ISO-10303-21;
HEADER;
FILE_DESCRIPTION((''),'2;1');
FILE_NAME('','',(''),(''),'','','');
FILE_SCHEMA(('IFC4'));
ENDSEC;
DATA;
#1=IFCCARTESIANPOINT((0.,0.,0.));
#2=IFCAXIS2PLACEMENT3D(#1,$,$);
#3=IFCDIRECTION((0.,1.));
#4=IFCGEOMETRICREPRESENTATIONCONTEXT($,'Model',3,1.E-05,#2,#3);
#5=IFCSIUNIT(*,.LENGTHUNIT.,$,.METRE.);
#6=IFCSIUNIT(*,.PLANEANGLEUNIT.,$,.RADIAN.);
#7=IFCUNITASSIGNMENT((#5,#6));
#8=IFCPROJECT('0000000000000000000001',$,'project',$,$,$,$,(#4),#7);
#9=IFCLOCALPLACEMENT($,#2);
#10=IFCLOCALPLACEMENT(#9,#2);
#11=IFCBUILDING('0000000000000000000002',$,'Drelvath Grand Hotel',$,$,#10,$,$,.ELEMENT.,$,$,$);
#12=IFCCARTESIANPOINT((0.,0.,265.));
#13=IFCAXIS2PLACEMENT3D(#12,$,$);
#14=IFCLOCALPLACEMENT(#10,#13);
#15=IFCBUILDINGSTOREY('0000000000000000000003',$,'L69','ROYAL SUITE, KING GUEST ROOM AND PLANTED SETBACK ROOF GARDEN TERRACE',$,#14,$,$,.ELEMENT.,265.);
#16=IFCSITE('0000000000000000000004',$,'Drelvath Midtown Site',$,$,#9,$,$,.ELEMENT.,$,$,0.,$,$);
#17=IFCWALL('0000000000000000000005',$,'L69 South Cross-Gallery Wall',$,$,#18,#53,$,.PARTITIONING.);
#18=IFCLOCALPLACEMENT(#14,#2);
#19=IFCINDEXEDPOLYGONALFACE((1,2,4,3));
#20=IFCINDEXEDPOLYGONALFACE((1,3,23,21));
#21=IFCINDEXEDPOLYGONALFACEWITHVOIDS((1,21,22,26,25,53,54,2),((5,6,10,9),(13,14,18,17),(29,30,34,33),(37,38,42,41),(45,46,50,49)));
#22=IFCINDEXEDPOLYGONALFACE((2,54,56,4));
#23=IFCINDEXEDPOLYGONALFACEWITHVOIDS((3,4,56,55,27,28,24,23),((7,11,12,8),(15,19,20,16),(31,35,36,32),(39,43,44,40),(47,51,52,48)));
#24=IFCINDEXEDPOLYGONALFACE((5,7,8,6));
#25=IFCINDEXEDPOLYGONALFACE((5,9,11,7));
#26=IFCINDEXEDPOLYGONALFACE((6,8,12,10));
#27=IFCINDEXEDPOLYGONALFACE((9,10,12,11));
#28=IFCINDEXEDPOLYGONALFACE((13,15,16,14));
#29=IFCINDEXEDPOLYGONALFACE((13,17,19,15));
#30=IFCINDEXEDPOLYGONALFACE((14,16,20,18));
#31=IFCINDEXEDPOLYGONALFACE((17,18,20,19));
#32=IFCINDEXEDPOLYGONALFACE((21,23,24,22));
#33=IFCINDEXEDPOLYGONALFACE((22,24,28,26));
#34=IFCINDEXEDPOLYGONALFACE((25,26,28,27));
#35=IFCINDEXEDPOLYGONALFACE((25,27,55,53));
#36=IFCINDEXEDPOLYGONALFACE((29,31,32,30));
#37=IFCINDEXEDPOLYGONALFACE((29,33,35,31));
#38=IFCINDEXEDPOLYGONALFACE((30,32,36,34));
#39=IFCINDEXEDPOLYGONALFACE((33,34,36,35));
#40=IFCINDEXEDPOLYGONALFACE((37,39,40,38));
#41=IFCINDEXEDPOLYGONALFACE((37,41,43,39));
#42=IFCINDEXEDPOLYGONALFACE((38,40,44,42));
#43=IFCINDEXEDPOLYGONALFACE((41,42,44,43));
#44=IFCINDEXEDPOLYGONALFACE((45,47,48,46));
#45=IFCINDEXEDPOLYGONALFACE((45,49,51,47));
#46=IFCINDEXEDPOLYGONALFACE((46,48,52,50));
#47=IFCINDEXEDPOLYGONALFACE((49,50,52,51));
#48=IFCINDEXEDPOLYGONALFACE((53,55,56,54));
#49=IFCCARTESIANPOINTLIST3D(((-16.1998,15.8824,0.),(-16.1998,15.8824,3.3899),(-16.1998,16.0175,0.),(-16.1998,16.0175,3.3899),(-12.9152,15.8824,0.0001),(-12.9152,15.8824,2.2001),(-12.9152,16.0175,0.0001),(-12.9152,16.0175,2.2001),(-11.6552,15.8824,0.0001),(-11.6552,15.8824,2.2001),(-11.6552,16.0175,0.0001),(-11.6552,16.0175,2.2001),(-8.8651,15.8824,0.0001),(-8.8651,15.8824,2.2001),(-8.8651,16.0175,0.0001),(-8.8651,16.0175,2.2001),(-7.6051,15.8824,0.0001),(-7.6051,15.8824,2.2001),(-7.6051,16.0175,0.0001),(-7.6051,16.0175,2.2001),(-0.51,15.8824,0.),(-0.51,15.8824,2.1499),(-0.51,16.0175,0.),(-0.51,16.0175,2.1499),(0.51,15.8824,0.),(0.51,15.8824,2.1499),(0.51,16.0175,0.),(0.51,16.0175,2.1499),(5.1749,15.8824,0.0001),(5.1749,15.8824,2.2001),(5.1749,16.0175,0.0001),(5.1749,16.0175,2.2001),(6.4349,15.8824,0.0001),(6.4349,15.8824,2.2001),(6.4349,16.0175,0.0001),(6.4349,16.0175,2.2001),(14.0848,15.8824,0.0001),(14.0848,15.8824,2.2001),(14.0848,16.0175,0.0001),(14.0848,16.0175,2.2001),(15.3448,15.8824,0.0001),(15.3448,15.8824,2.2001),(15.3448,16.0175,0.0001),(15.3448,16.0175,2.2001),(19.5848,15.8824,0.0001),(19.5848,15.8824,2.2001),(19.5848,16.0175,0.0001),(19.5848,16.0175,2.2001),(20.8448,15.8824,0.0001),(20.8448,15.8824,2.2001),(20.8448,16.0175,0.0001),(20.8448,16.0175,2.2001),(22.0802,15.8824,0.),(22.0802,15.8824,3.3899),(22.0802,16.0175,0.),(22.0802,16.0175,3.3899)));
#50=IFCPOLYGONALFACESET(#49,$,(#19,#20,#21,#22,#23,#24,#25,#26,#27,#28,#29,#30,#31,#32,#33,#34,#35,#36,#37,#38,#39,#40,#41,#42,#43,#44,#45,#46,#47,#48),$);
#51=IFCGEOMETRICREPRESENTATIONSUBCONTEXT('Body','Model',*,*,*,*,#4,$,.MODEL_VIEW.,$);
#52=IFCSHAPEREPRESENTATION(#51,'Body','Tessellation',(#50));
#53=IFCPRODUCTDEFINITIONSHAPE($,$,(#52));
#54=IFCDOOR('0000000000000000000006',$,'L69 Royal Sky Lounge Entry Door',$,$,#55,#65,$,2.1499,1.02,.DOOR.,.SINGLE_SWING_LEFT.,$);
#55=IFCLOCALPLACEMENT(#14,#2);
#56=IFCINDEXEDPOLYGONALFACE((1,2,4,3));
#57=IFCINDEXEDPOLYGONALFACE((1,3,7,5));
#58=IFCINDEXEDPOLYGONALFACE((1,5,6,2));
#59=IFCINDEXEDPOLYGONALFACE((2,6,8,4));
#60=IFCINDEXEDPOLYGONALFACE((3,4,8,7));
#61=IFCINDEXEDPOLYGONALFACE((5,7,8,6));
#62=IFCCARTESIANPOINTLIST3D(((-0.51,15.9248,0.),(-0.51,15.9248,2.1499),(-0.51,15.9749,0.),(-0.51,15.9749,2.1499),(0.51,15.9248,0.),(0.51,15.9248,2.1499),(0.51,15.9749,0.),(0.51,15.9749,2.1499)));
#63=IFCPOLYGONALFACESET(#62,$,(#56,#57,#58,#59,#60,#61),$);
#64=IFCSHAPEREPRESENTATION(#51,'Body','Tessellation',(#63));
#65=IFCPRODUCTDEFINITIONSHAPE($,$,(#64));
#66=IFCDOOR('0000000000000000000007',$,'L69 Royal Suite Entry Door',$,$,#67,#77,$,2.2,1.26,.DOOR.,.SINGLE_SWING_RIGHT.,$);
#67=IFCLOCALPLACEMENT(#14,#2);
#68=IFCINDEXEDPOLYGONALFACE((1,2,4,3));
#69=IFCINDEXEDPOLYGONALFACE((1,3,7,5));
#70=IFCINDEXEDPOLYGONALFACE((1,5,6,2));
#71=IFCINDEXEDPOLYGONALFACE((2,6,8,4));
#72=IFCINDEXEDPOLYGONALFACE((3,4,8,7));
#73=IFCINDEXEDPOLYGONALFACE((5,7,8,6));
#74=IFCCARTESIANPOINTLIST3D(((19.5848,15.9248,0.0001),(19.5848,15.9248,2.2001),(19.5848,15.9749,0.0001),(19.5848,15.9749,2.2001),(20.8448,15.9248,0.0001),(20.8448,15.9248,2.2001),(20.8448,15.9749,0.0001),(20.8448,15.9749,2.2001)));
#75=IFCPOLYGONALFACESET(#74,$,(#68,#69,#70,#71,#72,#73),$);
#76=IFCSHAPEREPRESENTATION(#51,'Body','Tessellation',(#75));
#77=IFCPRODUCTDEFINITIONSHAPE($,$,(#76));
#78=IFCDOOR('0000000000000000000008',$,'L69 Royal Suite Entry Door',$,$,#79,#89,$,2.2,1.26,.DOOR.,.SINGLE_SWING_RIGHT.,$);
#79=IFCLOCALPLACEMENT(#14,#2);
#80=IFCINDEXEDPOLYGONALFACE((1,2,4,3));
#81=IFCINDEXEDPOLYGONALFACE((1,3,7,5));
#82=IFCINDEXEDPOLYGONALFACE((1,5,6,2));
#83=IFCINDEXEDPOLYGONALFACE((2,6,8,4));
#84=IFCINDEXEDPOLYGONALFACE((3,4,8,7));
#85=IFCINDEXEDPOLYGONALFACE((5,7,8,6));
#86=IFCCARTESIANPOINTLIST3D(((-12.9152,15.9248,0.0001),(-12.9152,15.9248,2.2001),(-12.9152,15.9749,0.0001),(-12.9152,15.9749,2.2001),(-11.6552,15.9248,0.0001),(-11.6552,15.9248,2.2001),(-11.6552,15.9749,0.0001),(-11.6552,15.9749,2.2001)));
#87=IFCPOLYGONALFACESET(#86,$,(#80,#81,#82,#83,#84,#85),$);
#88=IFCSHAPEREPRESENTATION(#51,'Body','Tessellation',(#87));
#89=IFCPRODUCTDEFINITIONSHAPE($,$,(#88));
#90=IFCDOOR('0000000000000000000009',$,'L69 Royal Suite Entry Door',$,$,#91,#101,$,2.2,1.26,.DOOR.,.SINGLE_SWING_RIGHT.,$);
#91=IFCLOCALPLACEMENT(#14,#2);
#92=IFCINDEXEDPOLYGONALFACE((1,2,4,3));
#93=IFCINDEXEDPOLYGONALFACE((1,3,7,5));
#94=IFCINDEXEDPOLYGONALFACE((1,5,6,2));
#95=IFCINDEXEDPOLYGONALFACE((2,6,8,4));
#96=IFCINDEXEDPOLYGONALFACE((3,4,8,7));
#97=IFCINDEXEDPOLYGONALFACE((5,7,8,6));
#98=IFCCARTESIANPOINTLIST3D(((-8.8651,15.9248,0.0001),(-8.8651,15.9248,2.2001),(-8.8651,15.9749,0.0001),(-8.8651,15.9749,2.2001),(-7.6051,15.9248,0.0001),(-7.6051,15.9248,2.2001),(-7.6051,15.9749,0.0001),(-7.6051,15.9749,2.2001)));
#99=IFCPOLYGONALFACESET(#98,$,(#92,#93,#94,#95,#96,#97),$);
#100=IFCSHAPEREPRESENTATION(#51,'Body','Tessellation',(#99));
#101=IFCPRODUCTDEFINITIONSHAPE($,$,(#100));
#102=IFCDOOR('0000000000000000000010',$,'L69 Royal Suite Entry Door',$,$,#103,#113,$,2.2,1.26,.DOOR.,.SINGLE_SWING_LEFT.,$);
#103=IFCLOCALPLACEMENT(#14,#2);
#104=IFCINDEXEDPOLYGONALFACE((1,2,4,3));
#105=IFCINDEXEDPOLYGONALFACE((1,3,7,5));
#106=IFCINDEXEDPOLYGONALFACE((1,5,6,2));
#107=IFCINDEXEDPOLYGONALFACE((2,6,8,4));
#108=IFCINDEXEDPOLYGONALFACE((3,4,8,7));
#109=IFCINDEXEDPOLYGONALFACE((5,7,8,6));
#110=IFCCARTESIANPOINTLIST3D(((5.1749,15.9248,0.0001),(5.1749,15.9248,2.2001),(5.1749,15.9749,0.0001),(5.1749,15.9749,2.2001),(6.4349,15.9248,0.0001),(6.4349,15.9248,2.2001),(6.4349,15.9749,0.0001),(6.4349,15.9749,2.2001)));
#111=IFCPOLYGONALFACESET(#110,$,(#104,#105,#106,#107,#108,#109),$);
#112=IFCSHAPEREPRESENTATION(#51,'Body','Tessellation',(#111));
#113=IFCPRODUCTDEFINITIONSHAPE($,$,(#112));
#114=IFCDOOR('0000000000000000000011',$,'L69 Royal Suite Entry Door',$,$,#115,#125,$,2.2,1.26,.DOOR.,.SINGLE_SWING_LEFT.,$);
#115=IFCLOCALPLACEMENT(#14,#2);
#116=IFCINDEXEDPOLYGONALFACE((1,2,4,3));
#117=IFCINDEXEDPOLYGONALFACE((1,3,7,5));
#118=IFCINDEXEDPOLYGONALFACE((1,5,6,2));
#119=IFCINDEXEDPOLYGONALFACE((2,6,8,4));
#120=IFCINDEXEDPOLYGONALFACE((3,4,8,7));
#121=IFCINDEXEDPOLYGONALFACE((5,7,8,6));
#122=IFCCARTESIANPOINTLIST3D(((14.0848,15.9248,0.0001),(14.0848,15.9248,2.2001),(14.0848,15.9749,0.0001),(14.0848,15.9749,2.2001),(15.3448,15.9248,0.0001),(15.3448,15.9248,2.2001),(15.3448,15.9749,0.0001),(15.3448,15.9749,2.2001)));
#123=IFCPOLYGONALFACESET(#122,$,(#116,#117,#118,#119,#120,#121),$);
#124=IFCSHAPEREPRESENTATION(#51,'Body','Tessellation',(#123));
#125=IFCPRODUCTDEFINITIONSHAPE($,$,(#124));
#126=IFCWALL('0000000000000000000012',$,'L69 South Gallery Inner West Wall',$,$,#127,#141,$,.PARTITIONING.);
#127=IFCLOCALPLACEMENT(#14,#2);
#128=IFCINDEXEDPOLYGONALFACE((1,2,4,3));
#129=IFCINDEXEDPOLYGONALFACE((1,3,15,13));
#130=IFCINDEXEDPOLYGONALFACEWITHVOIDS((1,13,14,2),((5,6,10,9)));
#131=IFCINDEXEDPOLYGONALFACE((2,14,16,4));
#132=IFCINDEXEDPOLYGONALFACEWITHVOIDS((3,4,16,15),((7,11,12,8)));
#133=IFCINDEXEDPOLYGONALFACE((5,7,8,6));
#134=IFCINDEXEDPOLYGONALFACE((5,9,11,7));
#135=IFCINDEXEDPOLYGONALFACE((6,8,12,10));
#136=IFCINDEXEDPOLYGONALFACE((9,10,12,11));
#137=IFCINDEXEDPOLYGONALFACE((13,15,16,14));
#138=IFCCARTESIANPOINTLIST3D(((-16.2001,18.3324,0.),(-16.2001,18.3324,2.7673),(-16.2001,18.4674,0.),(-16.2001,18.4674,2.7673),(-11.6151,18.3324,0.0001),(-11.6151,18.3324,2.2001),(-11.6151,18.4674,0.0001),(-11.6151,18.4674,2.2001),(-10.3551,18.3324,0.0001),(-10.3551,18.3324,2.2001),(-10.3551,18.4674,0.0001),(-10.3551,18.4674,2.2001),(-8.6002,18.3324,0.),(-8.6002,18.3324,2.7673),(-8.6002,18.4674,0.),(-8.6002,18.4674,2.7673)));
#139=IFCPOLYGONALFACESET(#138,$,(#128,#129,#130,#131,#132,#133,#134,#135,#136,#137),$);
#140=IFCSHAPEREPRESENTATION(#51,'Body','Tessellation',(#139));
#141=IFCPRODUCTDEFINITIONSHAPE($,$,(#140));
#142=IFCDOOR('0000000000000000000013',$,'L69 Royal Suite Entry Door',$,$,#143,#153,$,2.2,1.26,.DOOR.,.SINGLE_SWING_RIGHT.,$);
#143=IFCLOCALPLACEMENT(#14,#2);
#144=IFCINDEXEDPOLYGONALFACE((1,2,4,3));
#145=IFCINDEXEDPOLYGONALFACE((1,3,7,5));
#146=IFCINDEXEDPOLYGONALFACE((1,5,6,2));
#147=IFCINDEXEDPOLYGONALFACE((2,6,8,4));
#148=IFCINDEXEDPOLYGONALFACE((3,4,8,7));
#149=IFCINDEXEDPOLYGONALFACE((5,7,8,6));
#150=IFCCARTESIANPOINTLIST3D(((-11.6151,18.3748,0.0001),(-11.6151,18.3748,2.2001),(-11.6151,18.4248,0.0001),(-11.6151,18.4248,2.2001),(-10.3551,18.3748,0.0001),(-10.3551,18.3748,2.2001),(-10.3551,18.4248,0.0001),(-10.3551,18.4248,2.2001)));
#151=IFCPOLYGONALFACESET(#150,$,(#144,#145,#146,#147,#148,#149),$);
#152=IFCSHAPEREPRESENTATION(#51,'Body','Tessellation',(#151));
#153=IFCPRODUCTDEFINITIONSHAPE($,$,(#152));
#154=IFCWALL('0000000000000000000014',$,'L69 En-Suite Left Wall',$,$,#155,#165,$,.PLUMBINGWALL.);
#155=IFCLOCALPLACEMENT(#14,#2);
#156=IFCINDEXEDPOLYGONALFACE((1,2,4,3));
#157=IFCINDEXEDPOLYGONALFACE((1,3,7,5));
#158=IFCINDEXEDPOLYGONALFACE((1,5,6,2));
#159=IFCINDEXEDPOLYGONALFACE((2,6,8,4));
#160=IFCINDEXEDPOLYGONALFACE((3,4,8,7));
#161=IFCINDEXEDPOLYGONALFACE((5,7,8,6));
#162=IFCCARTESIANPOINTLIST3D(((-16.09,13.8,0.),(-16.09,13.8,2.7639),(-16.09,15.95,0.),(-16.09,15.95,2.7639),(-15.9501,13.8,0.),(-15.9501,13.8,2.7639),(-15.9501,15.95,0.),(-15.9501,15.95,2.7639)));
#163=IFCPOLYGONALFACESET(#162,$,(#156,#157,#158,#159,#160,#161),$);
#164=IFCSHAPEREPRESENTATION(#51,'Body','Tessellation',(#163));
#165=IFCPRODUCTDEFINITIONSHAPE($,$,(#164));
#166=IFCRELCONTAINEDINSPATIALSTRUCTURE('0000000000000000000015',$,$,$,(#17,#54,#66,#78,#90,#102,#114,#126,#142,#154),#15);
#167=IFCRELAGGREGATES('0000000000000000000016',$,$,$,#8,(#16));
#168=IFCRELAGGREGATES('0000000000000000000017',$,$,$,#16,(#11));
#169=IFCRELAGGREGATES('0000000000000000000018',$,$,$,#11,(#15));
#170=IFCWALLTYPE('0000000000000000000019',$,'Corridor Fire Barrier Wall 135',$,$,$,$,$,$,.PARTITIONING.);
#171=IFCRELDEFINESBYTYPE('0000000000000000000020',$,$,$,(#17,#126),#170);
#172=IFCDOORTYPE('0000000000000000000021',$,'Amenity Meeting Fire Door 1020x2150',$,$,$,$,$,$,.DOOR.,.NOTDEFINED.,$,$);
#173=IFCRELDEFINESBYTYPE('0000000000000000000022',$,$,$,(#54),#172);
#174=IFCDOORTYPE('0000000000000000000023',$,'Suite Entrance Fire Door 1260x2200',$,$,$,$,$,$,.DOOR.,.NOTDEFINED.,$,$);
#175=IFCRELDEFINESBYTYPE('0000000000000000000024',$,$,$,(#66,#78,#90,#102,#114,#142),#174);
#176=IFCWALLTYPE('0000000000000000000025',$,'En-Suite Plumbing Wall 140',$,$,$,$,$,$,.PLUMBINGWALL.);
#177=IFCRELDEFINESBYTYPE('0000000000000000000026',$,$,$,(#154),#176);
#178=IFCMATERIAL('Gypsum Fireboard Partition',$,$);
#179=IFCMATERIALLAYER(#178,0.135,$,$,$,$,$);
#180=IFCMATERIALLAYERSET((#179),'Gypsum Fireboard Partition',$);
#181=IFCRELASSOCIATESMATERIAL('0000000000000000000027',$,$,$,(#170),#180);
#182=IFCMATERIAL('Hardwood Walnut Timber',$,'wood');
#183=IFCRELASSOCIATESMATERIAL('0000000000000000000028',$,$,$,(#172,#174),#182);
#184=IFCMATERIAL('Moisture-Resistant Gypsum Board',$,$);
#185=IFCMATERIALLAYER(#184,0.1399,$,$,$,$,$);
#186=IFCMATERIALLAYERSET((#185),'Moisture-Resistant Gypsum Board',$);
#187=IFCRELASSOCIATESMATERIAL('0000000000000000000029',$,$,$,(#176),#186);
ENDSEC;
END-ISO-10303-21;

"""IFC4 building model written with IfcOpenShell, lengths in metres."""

from ifc_helpers import new_model, si_unit, direction, frame, frame_2d, origin, place, context, subcontext, project, spatial, rectangle, extrude, material, layer, layer_set, type_object, element, fill, save


model = new_model("IFC4")

# Units and contexts
model_context = context("Model", 3, precision=1e-05, world=origin(), true_north=direction((0.0, 1.0)))
body_context = subcontext(model_context, "Body", "Model", "MODEL_VIEW")
ifc_project = project(units=[si_unit("LENGTHUNIT", "METRE"), si_unit("PLANEANGLEUNIT", "RADIAN")], contexts=[model_context])

# Site, building, storey
site_placement = place(None, origin())
site = spatial("IfcSite", under=ifc_project, at=site_placement, Name="Drelvath Midtown Site", CompositionType="ELEMENT", RefElevation=0.0)
building_placement = place(site_placement, origin())
building = spatial("IfcBuilding", under=site, at=building_placement, Name="Drelvath Grand Hotel", CompositionType="ELEMENT")
storey_placement = place(building_placement, frame((0.0, 0.0, 265.0)))
storey = spatial("IfcBuildingStorey", under=building, at=storey_placement, Name="L69", Description="ROYAL SUITE, KING GUEST ROOM AND PLANTED SETBACK ROOF GARDEN TERRACE", CompositionType="ELEMENT", Elevation=265.0)

# Wall, openings, doors
ifc_material_1 = material(Name="Gypsum Fireboard Partition")
ifc_layer_1 = layer(ifc_material_1, 0.135)
ifc_layer_set_1 = layer_set([ifc_layer_1], Name="Gypsum Fireboard Partition")
wall_type_1 = type_object("IfcWallType", Name="Corridor Fire Barrier Wall 135", PredefinedType="PARTITIONING", material=ifc_layer_set_1)
wall_1_placement = place(storey_placement, frame((-16.2, 15.95, 0.0), z_axis=(0.0, 0.0, 1.0), x_axis=(1.0, 0.0, 0.0)))
wall_1 = element("IfcWall", 1, at=wall_1_placement, inside=storey, type_object=wall_type_1, Name="L69 South Cross-Gallery Wall", PredefinedType="PARTITIONING", context=body_context, shape_type="SweptSolid", body=[
    extrude(rectangle(XDim=38.28, YDim=0.135, at=frame_2d((19.1401, 0.0))), origin(), (0.0, 0.0, 1.0), 3.3899),
])
opening_1_placement = place(wall_1_placement, frame((35.7849, 0.0, 0.0)))
opening_1 = element("IfcOpeningElement", 2, at=opening_1_placement, cuts=wall_1, PredefinedType="OPENING", context=body_context, shape_type="SweptSolid", body=[
    extrude(rectangle(XDim=1.26, YDim=2.2, at=frame_2d((0.6299, 1.1001))), frame((0.0, 0.0774, 0.0), z_axis=(0.0, -1.0, 0.0), x_axis=(1.0, 0.0, 0.0)), (0.0, 0.0, 1.0), 0.155),
])
opening_2_placement = place(wall_1_placement, frame((3.2849, 0.0, 0.0)))
opening_2 = element("IfcOpeningElement", 3, at=opening_2_placement, cuts=wall_1, PredefinedType="OPENING", context=body_context, shape_type="SweptSolid", body=[
    extrude(rectangle(XDim=1.26, YDim=2.2, at=frame_2d((0.6299, 1.1001))), frame((0.0, 0.0774, 0.0), z_axis=(0.0, -1.0, 0.0), x_axis=(1.0, 0.0, 0.0)), (0.0, 0.0, 1.0), 0.155),
])
opening_3_placement = place(wall_1_placement, frame((7.335, 0.0, 0.0)))
opening_3 = element("IfcOpeningElement", 4, at=opening_3_placement, cuts=wall_1, PredefinedType="OPENING", context=body_context, shape_type="SweptSolid", body=[
    extrude(rectangle(XDim=1.26, YDim=2.2, at=frame_2d((0.6299, 1.1001))), frame((0.0, 0.0774, 0.0), z_axis=(0.0, -1.0, 0.0), x_axis=(1.0, 0.0, 0.0)), (0.0, 0.0, 1.0), 0.155),
])
opening_4_placement = place(wall_1_placement, frame((15.6899, 0.0, 0.0)))
opening_4 = element("IfcOpeningElement", 5, at=opening_4_placement, cuts=wall_1, PredefinedType="OPENING", context=body_context, shape_type="SweptSolid", body=[
    extrude(rectangle(XDim=1.02, YDim=2.1499, at=frame_2d((0.51, 1.075))), frame((0.0, 0.0774, 0.0), z_axis=(0.0, -1.0, 0.0), x_axis=(1.0, 0.0, 0.0)), (0.0, 0.0, 1.0), 0.155),
])
opening_5_placement = place(wall_1_placement, frame((21.375, 0.0, 0.0)))
opening_5 = element("IfcOpeningElement", 6, at=opening_5_placement, cuts=wall_1, PredefinedType="OPENING", context=body_context, shape_type="SweptSolid", body=[
    extrude(rectangle(XDim=1.26, YDim=2.2, at=frame_2d((0.6299, 1.1001))), frame((0.0, 0.0774, 0.0), z_axis=(0.0, -1.0, 0.0), x_axis=(1.0, 0.0, 0.0)), (0.0, 0.0, 1.0), 0.155),
])
opening_6_placement = place(wall_1_placement, frame((30.2849, 0.0, 0.0)))
opening_6 = element("IfcOpeningElement", 7, at=opening_6_placement, cuts=wall_1, PredefinedType="OPENING", context=body_context, shape_type="SweptSolid", body=[
    extrude(rectangle(XDim=1.26, YDim=2.2, at=frame_2d((0.6299, 1.1001))), frame((0.0, 0.0774, 0.0), z_axis=(0.0, -1.0, 0.0), x_axis=(1.0, 0.0, 0.0)), (0.0, 0.0, 1.0), 0.155),
])
ifc_material_2 = material(Name="Hardwood Walnut Timber", Category="wood")
door_type_1 = type_object("IfcDoorType", Name="Amenity Meeting Fire Door 1020x2150", OperationType="NOTDEFINED", PredefinedType="DOOR", material=ifc_material_2)
door_1_placement = place(opening_4_placement, origin())
door_1 = element("IfcDoor", 8, at=door_1_placement, inside=storey, type_object=door_type_1, Name="L69 Royal Sky Lounge Entry Door", OperationType="SINGLE_SWING_LEFT", OverallHeight=2.1499, OverallWidth=1.02, PredefinedType="DOOR", context=body_context, shape_type="SweptSolid", body=[
    extrude(rectangle(XDim=1.02, YDim=2.1499, at=frame_2d((0.51, 1.075))), frame((0.0, 0.0249, 0.0), z_axis=(0.0, -1.0, 0.0), x_axis=(1.0, 0.0, 0.0)), (0.0, 0.0, 1.0), 0.05),
])
fill(opening_4, door_1)
door_type_2 = type_object("IfcDoorType", Name="Suite Entrance Fire Door 1260x2200", OperationType="NOTDEFINED", PredefinedType="DOOR", material=ifc_material_2)
door_2_placement = place(opening_1_placement, origin())
door_2 = element("IfcDoor", 9, at=door_2_placement, inside=storey, type_object=door_type_2, Name="L69 Royal Suite Entry Door", OperationType="SINGLE_SWING_RIGHT", OverallHeight=2.2, OverallWidth=1.26, PredefinedType="DOOR", context=body_context, shape_type="SweptSolid", body=[
    extrude(rectangle(XDim=1.26, YDim=2.2, at=frame_2d((0.6299, 1.1001))), frame((0.0, 0.0249, 0.0), z_axis=(0.0, -1.0, 0.0), x_axis=(1.0, 0.0, 0.0)), (0.0, 0.0, 1.0), 0.05),
])
fill(opening_1, door_2)
door_3_placement = place(opening_2_placement, origin())
door_3 = element("IfcDoor", 10, at=door_3_placement, inside=storey, type_object=door_type_2, Name="L69 Royal Suite Entry Door", OperationType="SINGLE_SWING_RIGHT", OverallHeight=2.2, OverallWidth=1.26, PredefinedType="DOOR", context=body_context, shape_type="SweptSolid", body=[
    extrude(rectangle(XDim=1.26, YDim=2.2, at=frame_2d((0.6299, 1.1001))), frame((0.0, 0.0249, 0.0), z_axis=(0.0, -1.0, 0.0), x_axis=(1.0, 0.0, 0.0)), (0.0, 0.0, 1.0), 0.05),
])
fill(opening_2, door_3)
door_4_placement = place(opening_3_placement, origin())
door_4 = element("IfcDoor", 11, at=door_4_placement, inside=storey, type_object=door_type_2, Name="L69 Royal Suite Entry Door", OperationType="SINGLE_SWING_RIGHT", OverallHeight=2.2, OverallWidth=1.26, PredefinedType="DOOR", context=body_context, shape_type="SweptSolid", body=[
    extrude(rectangle(XDim=1.26, YDim=2.2, at=frame_2d((0.6299, 1.1001))), frame((0.0, 0.0249, 0.0), z_axis=(0.0, -1.0, 0.0), x_axis=(1.0, 0.0, 0.0)), (0.0, 0.0, 1.0), 0.05),
])
fill(opening_3, door_4)
door_5_placement = place(opening_5_placement, origin())
door_5 = element("IfcDoor", 12, at=door_5_placement, inside=storey, type_object=door_type_2, Name="L69 Royal Suite Entry Door", OperationType="SINGLE_SWING_LEFT", OverallHeight=2.2, OverallWidth=1.26, PredefinedType="DOOR", context=body_context, shape_type="SweptSolid", body=[
    extrude(rectangle(XDim=1.26, YDim=2.2, at=frame_2d((0.6299, 1.1001))), frame((0.0, 0.0249, 0.0), z_axis=(0.0, -1.0, 0.0), x_axis=(1.0, 0.0, 0.0)), (0.0, 0.0, 1.0), 0.05),
])
fill(opening_5, door_5)
door_6_placement = place(opening_6_placement, origin())
door_6 = element("IfcDoor", 13, at=door_6_placement, inside=storey, type_object=door_type_2, Name="L69 Royal Suite Entry Door", OperationType="SINGLE_SWING_LEFT", OverallHeight=2.2, OverallWidth=1.26, PredefinedType="DOOR", context=body_context, shape_type="SweptSolid", body=[
    extrude(rectangle(XDim=1.26, YDim=2.2, at=frame_2d((0.6299, 1.1001))), frame((0.0, 0.0249, 0.0), z_axis=(0.0, -1.0, 0.0), x_axis=(1.0, 0.0, 0.0)), (0.0, 0.0, 1.0), 0.05),
])
fill(opening_6, door_6)

# Wall, opening, door
wall_2_placement = place(storey_placement, frame((-16.2, 18.3999, 0.0), z_axis=(0.0, 0.0, 1.0), x_axis=(1.0, 0.0, 0.0)))
wall_2 = element("IfcWall", 14, at=wall_2_placement, inside=storey, type_object=wall_type_1, Name="L69 South Gallery Inner West Wall", PredefinedType="PARTITIONING", context=body_context, shape_type="SweptSolid", body=[
    extrude(rectangle(XDim=7.5999, YDim=0.135, at=frame_2d((3.7998, 0.0))), origin(), (0.0, 0.0, 1.0), 2.7673),
])
opening_7_placement = place(wall_2_placement, frame((4.585, 0.0, 0.0)))
opening_7 = element("IfcOpeningElement", 15, at=opening_7_placement, cuts=wall_2, PredefinedType="OPENING", context=body_context, shape_type="SweptSolid", body=[
    extrude(rectangle(XDim=1.26, YDim=2.2, at=frame_2d((0.6299, 1.1001))), frame((0.0, 0.0774, 0.0), z_axis=(0.0, -1.0, 0.0), x_axis=(1.0, 0.0, 0.0)), (0.0, 0.0, 1.0), 0.155),
])
door_7_placement = place(opening_7_placement, origin())
door_7 = element("IfcDoor", 16, at=door_7_placement, inside=storey, type_object=door_type_2, Name="L69 Royal Suite Entry Door", OperationType="SINGLE_SWING_RIGHT", OverallHeight=2.2, OverallWidth=1.26, PredefinedType="DOOR", context=body_context, shape_type="SweptSolid", body=[
    extrude(rectangle(XDim=1.26, YDim=2.2, at=frame_2d((0.6299, 1.1001))), frame((0.0, 0.0249, 0.0), z_axis=(0.0, -1.0, 0.0), x_axis=(1.0, 0.0, 0.0)), (0.0, 0.0, 1.0), 0.05),
])
fill(opening_7, door_7)

# Wall
ifc_material_3 = material(Name="Moisture-Resistant Gypsum Board")
ifc_layer_2 = layer(ifc_material_3, 0.1399)
ifc_layer_set_2 = layer_set([ifc_layer_2], Name="Moisture-Resistant Gypsum Board")
wall_type_2 = type_object("IfcWallType", Name="En-Suite Plumbing Wall 140", PredefinedType="PLUMBINGWALL", material=ifc_layer_set_2)
wall_3_placement = place(storey_placement, frame((-16.02, 15.95, 0.0), z_axis=(0.0, 0.0, 1.0), x_axis=(0.0, -1.0, 0.0)))
element("IfcWall", 17, at=wall_3_placement, inside=storey, type_object=wall_type_2, Name="L69 En-Suite Left Wall", PredefinedType="PLUMBINGWALL", context=body_context, shape_type="SweptSolid", body=[
    extrude(rectangle(XDim=2.1499, YDim=0.1399, at=frame_2d((1.075, 0.0))), origin(), (0.0, 0.0, 1.0), 2.7639),
])

save(model, "model.ifc")
